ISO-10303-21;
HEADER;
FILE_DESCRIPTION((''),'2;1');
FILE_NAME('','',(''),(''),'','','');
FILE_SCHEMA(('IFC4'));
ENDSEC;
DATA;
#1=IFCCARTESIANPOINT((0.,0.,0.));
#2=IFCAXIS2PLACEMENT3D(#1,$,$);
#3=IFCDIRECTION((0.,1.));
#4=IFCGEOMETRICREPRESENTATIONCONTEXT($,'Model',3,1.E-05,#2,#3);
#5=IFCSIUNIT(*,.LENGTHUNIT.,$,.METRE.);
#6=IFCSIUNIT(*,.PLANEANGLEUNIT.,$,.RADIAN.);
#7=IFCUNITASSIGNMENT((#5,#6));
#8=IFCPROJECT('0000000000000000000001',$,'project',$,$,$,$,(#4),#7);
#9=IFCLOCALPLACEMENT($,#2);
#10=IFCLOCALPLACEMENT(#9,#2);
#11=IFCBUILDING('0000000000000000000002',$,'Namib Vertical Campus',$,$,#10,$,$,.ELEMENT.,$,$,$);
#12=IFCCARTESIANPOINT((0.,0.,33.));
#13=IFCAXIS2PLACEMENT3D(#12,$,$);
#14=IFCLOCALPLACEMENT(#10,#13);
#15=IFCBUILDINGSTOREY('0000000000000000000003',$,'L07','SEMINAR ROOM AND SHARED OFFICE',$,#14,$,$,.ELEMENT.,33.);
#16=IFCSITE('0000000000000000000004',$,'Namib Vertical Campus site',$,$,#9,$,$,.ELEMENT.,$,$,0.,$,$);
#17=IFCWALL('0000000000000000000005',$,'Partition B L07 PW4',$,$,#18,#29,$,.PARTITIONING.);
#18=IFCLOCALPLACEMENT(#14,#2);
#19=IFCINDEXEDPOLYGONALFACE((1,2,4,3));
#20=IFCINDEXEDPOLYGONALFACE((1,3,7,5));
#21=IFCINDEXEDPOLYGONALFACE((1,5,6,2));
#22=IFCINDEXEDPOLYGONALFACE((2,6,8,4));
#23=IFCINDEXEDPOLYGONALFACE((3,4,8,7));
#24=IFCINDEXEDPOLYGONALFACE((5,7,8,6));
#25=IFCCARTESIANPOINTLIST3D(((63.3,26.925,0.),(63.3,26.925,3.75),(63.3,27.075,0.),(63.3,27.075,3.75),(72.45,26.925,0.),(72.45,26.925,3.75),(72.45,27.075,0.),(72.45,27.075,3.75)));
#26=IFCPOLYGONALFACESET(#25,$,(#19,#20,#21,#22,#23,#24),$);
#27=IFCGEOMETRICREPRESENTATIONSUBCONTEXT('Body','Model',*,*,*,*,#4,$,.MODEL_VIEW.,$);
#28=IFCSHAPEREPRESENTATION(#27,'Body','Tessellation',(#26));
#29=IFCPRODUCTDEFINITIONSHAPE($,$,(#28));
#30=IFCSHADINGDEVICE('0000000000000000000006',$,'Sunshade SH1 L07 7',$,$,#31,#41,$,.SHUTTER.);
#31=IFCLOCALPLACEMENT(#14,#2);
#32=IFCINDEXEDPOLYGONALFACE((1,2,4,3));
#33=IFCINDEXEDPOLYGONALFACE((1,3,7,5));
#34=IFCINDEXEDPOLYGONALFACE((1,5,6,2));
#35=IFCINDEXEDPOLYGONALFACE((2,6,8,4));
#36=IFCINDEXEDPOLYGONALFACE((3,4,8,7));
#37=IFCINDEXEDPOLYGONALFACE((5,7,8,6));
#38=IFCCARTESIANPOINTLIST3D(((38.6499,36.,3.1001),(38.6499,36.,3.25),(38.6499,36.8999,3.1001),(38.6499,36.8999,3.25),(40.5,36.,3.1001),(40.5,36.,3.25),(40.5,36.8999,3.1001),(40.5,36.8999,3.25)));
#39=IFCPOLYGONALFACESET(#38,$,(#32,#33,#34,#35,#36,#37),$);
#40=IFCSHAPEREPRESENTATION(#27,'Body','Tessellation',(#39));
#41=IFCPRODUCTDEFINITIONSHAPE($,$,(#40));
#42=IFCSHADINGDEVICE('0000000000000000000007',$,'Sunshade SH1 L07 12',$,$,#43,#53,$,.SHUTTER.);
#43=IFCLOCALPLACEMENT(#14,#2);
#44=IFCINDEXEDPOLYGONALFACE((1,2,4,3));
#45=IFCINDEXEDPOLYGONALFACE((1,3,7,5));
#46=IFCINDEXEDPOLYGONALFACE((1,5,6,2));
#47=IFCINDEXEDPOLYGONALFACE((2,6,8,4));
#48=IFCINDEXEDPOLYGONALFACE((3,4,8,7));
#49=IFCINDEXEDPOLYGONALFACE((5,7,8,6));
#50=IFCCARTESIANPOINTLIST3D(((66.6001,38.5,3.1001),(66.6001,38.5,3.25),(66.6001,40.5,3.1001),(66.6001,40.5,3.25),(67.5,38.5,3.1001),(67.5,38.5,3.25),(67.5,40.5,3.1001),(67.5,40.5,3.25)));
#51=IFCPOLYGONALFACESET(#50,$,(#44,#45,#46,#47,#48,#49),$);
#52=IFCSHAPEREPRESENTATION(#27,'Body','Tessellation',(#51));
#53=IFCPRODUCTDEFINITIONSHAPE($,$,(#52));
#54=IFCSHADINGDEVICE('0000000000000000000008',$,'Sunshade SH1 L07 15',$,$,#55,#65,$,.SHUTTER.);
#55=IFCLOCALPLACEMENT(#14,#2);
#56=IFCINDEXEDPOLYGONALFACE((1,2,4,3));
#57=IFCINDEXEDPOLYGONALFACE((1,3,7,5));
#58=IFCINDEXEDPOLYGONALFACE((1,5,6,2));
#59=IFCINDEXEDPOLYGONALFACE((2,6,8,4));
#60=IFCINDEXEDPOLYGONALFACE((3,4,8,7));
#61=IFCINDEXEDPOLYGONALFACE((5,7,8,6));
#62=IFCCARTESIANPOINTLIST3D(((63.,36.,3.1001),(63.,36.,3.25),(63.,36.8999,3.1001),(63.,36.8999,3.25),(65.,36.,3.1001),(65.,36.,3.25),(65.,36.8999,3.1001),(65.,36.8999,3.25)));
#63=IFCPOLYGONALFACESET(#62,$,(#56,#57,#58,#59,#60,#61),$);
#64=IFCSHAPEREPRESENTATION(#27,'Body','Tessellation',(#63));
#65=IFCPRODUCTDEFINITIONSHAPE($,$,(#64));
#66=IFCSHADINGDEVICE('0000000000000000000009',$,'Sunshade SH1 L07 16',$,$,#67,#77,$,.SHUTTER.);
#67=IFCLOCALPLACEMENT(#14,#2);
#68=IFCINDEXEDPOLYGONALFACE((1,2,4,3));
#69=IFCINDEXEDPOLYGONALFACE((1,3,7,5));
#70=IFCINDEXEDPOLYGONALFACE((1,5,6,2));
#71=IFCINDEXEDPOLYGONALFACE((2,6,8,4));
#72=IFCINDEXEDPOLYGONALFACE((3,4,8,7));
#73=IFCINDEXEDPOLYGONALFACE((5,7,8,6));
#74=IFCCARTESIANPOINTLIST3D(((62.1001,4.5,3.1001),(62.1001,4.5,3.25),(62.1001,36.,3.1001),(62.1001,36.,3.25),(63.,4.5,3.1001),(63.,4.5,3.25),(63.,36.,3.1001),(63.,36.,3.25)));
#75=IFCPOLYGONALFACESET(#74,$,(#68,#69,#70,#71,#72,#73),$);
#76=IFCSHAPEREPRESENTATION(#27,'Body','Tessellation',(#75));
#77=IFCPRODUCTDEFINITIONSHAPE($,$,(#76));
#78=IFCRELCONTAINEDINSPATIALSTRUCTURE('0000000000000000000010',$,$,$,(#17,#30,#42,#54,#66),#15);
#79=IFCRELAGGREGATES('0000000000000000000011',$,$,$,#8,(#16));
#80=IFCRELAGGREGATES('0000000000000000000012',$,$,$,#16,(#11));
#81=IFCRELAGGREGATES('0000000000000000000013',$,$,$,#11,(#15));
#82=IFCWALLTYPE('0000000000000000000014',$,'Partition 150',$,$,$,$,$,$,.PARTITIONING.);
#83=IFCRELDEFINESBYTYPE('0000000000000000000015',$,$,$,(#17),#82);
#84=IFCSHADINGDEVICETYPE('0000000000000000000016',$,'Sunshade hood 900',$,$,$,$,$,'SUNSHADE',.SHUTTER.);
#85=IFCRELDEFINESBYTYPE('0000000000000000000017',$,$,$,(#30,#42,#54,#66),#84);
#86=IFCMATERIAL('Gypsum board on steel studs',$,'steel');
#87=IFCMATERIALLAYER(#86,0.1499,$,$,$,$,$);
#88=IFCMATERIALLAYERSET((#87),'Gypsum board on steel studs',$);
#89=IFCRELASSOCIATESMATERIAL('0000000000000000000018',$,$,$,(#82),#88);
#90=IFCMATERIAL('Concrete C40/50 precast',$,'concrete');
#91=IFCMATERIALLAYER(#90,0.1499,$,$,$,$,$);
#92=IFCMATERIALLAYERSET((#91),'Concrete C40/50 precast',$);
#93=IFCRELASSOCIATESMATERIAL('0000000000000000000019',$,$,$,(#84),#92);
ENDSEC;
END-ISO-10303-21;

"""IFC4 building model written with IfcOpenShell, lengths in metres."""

from ifc_helpers import new_model, si_unit, direction, frame, frame_2d, origin, origin_2d, place, context, subcontext, project, spatial, rectangle, extrude, material, layer, layer_set, type_object, element, save


model = new_model("IFC4")

# Units and contexts
model_context = context("Model", 3, precision=1e-05, world=origin(), true_north=direction((0.0, 1.0)))
body_context = subcontext(model_context, "Body", "Model", "MODEL_VIEW")
ifc_project = project(units=[si_unit("LENGTHUNIT", "METRE"), si_unit("PLANEANGLEUNIT", "RADIAN")], contexts=[model_context])

# Site, building, storey
site_placement = place(None, origin())
site = spatial("IfcSite", under=ifc_project, at=site_placement, Name="Namib Vertical Campus site", CompositionType="ELEMENT", RefElevation=0.0)
building_placement = place(site_placement, origin())
building = spatial("IfcBuilding", under=site, at=building_placement, Name="Namib Vertical Campus", CompositionType="ELEMENT")
storey_placement = place(building_placement, frame((0.0, 0.0, 33.0)))
storey = spatial("IfcBuildingStorey", under=building, at=storey_placement, Name="L07", Description="SEMINAR ROOM AND SHARED OFFICE", CompositionType="ELEMENT", Elevation=33.0)

# Wall
ifc_material_1 = material(Name="Gypsum board on steel studs", Category="steel")
ifc_layer_1 = layer(ifc_material_1, 0.1499)
ifc_layer_set_1 = layer_set([ifc_layer_1], Name="Gypsum board on steel studs")
wall_type_1 = type_object("IfcWallType", Name="Partition 150", PredefinedType="PARTITIONING", material=ifc_layer_set_1)
for number, where, z_axis, x_axis, name in (
    (1, (63.3, 27.0, 0.0), (0.0, 0.0, 1.0), (1.0, 0.0, 0.0), "Partition B L07 PW4"),
):
    element("IfcWall", number, at=place(storey_placement, frame(where, z_axis=z_axis, x_axis=x_axis)), inside=storey, type_object=wall_type_1, Name=name, PredefinedType="PARTITIONING", context=body_context, shape_type="SweptSolid", body=[
        extrude(rectangle(XDim=9.1499, YDim=0.1499, at=frame_2d((4.575, 0.0))), origin(), (0.0, 0.0, 1.0), 3.75),
    ])

# Shading devices
ifc_material_2 = material(Name="Concrete C40/50 precast", Category="concrete")
ifc_layer_2 = layer(ifc_material_2, 0.1499)
ifc_layer_set_2 = layer_set([ifc_layer_2], Name="Concrete C40/50 precast")
shading_device_type = type_object("IfcShadingDeviceType", Name="Sunshade hood 900", ElementType="SUNSHADE", PredefinedType="SHUTTER", material=ifc_layer_set_2)
shading_device_1_placement = place(storey_placement, frame((39.575, 36.45, 3.1001), z_axis=(0.0, 0.0, 1.0), x_axis=(-1.0, 0.0, 0.0)))
element("IfcShadingDevice", 2, at=shading_device_1_placement, inside=storey, type_object=shading_device_type, Name="Sunshade SH1 L07 7", PredefinedType="SHUTTER", context=body_context, shape_type="SweptSolid", body=[
    extrude(rectangle(XDim=1.8501, YDim=0.8999, at=origin_2d()), origin(), (0.0, 0.0, 1.0), 0.1499),
])
for number, where, z_axis, x_axis, name in (
    (3, (67.05, 39.5, 3.1001), (0.0, 0.0, 1.0), (0.0, -1.0, 0.0), "Sunshade SH1 L07 12"),
    (4, (64.0, 36.45, 3.1001), (0.0, 0.0, 1.0), (-1.0, 0.0, 0.0), "Sunshade SH1 L07 15"),
):
    element("IfcShadingDevice", number, at=place(storey_placement, frame(where, z_axis=z_axis, x_axis=x_axis)), inside=storey, type_object=shading_device_type, Name=name, PredefinedType="SHUTTER", context=body_context, shape_type="SweptSolid", body=[
        extrude(rectangle(XDim=2.0, YDim=0.8999, at=origin_2d()), origin(), (0.0, 0.0, 1.0), 0.1499),
    ])
shading_device_2_placement = place(storey_placement, frame((62.55, 20.25, 3.1001), z_axis=(0.0, 0.0, 1.0), x_axis=(0.0, -1.0, 0.0)))
element("IfcShadingDevice", 5, at=shading_device_2_placement, inside=storey, type_object=shading_device_type, Name="Sunshade SH1 L07 16", PredefinedType="SHUTTER", context=body_context, shape_type="SweptSolid", body=[
    extrude(rectangle(XDim=31.5, YDim=0.8999, at=origin_2d()), origin(), (0.0, 0.0, 1.0), 0.1499),
])

save(model, "model.ifc")
